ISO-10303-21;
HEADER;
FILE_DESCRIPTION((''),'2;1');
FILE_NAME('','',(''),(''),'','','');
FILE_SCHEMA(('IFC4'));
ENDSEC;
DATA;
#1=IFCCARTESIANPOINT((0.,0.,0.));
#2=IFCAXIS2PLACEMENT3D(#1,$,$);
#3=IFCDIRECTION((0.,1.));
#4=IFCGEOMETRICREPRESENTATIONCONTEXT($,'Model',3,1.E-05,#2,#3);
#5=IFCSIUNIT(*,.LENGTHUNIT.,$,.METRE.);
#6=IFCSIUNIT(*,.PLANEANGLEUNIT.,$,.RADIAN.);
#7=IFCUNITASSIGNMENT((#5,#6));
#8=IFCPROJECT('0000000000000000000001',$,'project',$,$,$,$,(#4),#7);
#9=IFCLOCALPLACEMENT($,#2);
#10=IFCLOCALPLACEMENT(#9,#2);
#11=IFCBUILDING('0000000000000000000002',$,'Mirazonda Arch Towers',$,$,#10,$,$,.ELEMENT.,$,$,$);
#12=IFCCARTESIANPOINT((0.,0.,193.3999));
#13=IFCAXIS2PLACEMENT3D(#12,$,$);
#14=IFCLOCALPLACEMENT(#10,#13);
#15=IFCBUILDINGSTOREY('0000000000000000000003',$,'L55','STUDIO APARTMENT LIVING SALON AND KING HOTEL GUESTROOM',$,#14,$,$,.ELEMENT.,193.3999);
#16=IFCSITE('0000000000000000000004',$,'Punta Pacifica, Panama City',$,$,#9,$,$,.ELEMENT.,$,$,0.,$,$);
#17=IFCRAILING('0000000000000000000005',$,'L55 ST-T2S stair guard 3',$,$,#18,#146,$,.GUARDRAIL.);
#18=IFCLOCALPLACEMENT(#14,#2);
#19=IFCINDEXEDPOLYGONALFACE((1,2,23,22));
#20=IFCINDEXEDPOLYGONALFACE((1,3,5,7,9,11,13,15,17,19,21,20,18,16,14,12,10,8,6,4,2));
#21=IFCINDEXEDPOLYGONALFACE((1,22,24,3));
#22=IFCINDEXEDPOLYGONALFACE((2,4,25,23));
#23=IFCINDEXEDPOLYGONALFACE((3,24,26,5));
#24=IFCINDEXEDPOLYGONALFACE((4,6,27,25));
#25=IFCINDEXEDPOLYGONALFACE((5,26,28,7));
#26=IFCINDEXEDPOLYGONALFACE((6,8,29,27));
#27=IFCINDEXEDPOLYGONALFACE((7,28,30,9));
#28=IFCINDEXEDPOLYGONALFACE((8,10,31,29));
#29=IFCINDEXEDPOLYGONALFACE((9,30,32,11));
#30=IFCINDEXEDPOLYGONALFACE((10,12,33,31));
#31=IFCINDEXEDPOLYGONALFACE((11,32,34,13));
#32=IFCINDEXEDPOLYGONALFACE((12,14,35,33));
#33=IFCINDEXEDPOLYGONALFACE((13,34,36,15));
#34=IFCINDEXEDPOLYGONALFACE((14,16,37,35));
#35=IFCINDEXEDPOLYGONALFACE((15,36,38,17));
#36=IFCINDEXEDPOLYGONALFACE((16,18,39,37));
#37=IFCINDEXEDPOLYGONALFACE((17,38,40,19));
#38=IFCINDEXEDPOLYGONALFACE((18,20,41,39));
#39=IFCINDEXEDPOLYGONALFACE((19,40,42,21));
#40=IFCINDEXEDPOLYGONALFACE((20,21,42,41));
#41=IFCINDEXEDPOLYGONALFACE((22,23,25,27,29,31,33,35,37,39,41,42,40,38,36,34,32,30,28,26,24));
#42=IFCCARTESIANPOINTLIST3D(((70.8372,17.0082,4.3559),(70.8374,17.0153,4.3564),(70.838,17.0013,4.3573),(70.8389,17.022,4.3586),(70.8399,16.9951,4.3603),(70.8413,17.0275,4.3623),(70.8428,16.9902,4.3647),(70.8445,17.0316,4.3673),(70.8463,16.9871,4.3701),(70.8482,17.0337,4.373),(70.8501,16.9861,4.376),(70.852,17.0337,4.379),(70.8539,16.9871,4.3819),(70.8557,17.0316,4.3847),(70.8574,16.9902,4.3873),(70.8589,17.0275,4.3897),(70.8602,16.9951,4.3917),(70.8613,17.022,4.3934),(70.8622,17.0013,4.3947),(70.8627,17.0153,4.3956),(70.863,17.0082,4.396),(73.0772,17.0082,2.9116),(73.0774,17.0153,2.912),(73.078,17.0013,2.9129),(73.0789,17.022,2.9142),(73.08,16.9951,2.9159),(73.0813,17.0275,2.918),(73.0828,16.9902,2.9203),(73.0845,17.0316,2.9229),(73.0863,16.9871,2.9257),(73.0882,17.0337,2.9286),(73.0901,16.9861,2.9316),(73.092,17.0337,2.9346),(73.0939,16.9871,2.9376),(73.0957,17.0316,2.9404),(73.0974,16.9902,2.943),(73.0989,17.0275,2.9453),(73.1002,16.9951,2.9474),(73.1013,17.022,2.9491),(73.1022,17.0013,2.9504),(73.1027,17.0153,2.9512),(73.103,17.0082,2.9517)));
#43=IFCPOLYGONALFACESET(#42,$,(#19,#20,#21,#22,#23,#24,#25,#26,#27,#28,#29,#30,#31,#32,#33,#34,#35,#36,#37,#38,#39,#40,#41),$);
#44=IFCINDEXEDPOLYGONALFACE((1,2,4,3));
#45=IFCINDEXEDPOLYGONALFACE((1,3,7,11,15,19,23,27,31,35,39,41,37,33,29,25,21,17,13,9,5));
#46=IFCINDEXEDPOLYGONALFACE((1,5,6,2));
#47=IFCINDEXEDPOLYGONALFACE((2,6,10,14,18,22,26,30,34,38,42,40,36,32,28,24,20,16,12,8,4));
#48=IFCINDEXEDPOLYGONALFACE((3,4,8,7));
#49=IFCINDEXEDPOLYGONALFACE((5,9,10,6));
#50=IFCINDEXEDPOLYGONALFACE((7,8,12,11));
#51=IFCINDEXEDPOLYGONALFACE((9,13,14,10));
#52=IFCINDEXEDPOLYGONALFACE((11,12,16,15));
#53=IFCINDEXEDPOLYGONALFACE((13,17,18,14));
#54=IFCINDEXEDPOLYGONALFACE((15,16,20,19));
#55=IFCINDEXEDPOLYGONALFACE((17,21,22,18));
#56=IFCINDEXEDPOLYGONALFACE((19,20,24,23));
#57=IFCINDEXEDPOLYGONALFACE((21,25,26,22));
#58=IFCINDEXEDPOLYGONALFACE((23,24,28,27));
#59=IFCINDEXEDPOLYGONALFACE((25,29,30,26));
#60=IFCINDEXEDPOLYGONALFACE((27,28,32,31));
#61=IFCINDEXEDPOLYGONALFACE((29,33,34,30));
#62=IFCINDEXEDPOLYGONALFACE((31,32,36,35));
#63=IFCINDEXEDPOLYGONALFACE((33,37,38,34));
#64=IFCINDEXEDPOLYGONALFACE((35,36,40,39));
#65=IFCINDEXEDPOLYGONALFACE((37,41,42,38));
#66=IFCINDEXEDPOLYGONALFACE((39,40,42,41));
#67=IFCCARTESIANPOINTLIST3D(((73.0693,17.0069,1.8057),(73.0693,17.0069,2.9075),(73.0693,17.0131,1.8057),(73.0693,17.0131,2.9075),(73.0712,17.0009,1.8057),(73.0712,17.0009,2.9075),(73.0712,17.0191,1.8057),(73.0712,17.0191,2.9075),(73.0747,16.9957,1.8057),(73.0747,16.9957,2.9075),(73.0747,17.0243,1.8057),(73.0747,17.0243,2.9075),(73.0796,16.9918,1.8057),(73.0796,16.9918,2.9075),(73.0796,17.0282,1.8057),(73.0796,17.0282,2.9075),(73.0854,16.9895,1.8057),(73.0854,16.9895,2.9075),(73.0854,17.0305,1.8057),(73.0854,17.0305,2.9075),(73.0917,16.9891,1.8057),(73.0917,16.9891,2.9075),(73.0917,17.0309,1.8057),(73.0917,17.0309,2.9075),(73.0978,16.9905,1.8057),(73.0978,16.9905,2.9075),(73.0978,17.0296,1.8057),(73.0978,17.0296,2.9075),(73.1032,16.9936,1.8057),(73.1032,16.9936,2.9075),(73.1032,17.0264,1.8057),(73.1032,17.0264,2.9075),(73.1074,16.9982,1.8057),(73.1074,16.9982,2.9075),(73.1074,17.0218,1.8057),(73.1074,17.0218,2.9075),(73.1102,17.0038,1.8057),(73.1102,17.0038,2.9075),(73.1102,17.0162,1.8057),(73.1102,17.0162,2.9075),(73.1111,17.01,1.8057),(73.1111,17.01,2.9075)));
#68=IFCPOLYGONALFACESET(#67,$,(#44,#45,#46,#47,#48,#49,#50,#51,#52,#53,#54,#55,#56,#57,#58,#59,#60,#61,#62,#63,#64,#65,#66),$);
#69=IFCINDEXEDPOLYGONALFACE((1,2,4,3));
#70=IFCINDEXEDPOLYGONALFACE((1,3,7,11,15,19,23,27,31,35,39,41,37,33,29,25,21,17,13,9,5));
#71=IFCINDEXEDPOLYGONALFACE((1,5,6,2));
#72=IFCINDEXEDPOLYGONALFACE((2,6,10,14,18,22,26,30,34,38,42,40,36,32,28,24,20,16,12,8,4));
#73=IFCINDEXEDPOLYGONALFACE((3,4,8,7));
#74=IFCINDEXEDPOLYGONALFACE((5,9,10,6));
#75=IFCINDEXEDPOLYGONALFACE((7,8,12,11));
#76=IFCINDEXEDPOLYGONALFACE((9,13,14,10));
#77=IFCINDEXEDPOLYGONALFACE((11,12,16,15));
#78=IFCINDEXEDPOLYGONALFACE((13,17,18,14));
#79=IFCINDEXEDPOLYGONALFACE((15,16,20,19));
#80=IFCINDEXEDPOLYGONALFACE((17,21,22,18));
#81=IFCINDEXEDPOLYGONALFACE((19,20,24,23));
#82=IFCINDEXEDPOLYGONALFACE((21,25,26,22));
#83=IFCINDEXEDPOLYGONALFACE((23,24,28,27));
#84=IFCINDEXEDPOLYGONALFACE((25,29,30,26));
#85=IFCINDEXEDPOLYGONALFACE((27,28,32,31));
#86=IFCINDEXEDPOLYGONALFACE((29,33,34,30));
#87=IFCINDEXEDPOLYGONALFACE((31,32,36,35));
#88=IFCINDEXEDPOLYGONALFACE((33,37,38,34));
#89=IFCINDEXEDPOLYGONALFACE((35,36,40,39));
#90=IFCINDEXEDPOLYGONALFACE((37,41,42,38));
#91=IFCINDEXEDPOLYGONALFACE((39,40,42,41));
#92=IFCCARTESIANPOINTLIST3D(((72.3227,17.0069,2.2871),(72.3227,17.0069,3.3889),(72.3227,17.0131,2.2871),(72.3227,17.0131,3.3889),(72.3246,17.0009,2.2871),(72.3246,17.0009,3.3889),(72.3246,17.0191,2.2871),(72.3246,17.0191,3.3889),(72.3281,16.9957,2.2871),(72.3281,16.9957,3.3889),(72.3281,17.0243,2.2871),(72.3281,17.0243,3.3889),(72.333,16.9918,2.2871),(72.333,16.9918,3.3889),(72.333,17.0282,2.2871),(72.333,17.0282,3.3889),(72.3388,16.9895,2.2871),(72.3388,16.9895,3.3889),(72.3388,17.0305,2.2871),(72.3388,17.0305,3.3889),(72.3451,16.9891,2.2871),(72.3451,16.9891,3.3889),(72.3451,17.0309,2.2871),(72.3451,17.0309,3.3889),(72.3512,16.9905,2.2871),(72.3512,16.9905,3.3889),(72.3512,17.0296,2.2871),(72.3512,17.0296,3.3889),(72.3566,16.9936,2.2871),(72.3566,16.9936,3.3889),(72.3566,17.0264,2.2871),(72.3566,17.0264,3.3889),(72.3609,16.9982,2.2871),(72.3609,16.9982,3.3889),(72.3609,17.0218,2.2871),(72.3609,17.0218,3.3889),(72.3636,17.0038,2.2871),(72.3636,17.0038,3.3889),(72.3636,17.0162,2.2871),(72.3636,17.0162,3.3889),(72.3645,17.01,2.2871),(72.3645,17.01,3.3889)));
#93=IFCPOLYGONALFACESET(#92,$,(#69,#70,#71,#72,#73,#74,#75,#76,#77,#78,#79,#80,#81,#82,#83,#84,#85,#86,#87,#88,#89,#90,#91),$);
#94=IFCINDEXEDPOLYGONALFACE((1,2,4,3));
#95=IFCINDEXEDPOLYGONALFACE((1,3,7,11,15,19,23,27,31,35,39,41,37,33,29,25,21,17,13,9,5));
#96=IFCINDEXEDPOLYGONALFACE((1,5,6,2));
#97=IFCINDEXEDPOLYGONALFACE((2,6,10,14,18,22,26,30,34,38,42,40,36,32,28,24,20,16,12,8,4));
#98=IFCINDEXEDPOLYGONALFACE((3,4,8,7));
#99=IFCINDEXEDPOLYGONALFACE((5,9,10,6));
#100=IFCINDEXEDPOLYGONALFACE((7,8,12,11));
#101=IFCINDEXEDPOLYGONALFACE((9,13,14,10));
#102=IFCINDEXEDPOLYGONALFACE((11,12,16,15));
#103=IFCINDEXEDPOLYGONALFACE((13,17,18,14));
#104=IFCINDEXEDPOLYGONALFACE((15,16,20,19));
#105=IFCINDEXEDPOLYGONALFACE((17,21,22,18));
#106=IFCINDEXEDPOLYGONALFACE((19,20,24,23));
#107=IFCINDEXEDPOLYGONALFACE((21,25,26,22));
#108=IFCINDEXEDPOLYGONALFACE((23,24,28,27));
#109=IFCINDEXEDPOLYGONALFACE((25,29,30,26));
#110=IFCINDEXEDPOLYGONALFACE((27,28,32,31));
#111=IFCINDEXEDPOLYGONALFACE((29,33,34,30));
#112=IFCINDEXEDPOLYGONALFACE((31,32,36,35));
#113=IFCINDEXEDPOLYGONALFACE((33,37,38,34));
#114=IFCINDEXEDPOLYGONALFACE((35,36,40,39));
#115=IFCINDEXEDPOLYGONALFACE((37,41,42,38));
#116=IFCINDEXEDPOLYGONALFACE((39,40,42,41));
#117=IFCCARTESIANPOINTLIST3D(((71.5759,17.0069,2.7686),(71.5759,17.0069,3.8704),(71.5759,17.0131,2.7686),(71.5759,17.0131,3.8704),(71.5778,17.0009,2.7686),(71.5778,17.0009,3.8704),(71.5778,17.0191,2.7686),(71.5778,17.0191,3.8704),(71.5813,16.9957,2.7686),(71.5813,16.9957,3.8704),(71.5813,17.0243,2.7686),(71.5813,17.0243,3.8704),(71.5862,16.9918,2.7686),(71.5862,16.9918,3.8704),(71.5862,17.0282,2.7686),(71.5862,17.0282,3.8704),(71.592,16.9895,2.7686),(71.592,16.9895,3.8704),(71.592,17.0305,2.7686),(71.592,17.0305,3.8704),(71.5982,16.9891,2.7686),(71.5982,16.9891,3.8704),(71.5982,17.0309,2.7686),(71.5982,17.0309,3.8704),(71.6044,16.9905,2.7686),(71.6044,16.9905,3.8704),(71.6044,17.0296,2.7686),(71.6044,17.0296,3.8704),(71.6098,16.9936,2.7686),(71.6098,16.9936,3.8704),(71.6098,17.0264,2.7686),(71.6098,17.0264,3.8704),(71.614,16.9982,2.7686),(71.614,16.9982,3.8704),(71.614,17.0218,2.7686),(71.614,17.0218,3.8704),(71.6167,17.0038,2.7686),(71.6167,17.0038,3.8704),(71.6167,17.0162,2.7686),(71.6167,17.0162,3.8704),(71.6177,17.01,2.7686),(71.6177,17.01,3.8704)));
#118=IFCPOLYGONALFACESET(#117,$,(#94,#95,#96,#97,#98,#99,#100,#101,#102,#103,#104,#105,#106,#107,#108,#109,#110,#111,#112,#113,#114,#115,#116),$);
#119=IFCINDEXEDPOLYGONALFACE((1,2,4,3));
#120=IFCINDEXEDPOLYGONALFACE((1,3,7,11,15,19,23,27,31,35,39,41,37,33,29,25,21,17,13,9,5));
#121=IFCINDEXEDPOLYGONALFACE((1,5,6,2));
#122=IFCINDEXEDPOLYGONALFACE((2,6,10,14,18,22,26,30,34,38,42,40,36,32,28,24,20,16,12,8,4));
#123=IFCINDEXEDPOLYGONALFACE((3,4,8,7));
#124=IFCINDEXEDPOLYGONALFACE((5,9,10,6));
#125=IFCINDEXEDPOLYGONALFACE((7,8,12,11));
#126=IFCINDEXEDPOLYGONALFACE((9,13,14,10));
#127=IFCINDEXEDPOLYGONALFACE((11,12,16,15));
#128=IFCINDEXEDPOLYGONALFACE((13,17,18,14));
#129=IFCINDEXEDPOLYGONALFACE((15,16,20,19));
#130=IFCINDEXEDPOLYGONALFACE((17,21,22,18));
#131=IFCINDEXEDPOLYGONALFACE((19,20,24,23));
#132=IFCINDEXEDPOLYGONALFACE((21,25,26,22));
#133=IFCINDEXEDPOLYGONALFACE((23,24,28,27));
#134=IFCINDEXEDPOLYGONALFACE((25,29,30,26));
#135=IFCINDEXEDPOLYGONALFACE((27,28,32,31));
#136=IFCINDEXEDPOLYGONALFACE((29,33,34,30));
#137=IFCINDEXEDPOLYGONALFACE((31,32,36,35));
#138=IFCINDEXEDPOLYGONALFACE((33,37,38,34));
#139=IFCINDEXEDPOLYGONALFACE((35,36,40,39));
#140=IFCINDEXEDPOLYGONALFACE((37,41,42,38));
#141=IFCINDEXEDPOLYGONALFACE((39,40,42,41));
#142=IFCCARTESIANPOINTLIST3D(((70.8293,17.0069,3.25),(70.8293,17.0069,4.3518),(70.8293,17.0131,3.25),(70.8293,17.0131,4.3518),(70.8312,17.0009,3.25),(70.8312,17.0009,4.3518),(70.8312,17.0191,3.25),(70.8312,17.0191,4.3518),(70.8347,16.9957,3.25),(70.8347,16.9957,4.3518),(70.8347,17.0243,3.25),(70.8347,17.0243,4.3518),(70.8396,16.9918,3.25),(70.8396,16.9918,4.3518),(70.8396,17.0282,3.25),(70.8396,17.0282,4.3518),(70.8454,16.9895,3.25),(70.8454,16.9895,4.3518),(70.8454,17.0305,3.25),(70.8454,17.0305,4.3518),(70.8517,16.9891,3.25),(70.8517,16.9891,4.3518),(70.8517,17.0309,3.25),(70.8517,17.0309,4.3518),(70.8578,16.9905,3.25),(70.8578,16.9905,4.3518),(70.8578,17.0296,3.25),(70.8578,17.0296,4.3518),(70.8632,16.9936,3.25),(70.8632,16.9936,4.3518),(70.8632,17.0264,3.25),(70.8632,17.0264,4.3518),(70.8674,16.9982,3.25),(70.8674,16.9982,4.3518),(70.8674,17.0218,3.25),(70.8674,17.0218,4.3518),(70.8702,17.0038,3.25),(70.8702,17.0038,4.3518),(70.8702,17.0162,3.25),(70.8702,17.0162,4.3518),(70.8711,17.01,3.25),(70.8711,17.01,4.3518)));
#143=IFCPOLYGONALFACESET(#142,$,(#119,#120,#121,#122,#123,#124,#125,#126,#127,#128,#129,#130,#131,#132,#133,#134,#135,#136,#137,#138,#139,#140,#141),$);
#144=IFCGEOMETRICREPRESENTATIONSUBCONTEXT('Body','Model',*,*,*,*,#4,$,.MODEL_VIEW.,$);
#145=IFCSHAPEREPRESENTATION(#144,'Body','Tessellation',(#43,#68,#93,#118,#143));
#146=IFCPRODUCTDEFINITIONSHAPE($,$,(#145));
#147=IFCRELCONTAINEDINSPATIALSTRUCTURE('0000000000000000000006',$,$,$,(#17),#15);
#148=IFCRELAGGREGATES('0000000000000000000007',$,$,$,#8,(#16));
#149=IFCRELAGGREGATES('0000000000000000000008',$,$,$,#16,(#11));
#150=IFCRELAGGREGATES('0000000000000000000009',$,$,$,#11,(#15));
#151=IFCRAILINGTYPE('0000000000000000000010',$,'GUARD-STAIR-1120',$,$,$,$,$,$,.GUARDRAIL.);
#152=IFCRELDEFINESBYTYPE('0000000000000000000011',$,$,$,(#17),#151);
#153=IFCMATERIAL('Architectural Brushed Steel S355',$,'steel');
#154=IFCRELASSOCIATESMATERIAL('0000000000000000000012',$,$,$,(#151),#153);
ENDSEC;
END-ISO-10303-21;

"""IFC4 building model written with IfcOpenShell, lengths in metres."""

from ifc_helpers import new_model, si_unit, direction, frame, origin, origin_2d, place, context, subcontext, project, spatial, circle, extrude, material, type_object, element, save


model = new_model("IFC4")

# Units and contexts
model_context = context("Model", 3, precision=1e-05, world=origin(), true_north=direction((0.0, 1.0)))
body_context = subcontext(model_context, "Body", "Model", "MODEL_VIEW")
ifc_project = project(units=[si_unit("LENGTHUNIT", "METRE"), si_unit("PLANEANGLEUNIT", "RADIAN")], contexts=[model_context])

# Site, building, storey
site_placement = place(None, origin())
site = spatial("IfcSite", under=ifc_project, at=site_placement, Name="Punta Pacifica, Panama City", CompositionType="ELEMENT", RefElevation=0.0)
building_placement = place(site_placement, origin())
building = spatial("IfcBuilding", under=site, at=building_placement, Name="Mirazonda Arch Towers", CompositionType="ELEMENT")
storey_placement = place(building_placement, frame((0.0, 0.0, 193.3999)))
storey = spatial("IfcBuildingStorey", under=building, at=storey_placement, Name="L55", Description="STUDIO APARTMENT LIVING SALON AND KING HOTEL GUESTROOM", CompositionType="ELEMENT", Elevation=193.3999)

# Shared definitions
ifc_material_1 = material(Name="Architectural Brushed Steel S355", Category="steel")

# Railing
railing_type_1 = type_object("IfcRailingType", Name="GUARD-STAIR-1120", PredefinedType="GUARDRAIL", material=ifc_material_1)
railing_1_placement = place(storey_placement, frame((73.0901, 17.01, 1.8057)))
element("IfcRailing", 1, at=railing_1_placement, inside=storey, type_object=railing_type_1, Name="L55 ST-T2S stair guard 3", PredefinedType="GUARDRAIL", context=body_context, shape_type="SweptSolid", body=[
    extrude(circle(Radius=0.0239, at=origin_2d()), frame((0.0, 0.0, 1.126), z_axis=(-0.840437, 0.0, 0.54191), x_axis=(0.0, -1.0, 0.0)), (0.0, 0.0, 1.0), 2.6653),
    extrude(circle(Radius=0.021, at=origin_2d()), origin(), (0.0, 0.0, 1.0), 1.1018),
    extrude(circle(Radius=0.021, at=origin_2d()), frame((-0.7466, 0.0, 0.4814)), (0.0, 0.0, 1.0), 1.1018),
    extrude(circle(Radius=0.021, at=origin_2d()), frame((-1.4934, 0.0, 0.9629)), (0.0, 0.0, 1.0), 1.1018),
    extrude(circle(Radius=0.021, at=origin_2d()), frame((-2.24, 0.0, 1.4443)), (0.0, 0.0, 1.0), 1.1018),
])

save(model, "model.ifc")
